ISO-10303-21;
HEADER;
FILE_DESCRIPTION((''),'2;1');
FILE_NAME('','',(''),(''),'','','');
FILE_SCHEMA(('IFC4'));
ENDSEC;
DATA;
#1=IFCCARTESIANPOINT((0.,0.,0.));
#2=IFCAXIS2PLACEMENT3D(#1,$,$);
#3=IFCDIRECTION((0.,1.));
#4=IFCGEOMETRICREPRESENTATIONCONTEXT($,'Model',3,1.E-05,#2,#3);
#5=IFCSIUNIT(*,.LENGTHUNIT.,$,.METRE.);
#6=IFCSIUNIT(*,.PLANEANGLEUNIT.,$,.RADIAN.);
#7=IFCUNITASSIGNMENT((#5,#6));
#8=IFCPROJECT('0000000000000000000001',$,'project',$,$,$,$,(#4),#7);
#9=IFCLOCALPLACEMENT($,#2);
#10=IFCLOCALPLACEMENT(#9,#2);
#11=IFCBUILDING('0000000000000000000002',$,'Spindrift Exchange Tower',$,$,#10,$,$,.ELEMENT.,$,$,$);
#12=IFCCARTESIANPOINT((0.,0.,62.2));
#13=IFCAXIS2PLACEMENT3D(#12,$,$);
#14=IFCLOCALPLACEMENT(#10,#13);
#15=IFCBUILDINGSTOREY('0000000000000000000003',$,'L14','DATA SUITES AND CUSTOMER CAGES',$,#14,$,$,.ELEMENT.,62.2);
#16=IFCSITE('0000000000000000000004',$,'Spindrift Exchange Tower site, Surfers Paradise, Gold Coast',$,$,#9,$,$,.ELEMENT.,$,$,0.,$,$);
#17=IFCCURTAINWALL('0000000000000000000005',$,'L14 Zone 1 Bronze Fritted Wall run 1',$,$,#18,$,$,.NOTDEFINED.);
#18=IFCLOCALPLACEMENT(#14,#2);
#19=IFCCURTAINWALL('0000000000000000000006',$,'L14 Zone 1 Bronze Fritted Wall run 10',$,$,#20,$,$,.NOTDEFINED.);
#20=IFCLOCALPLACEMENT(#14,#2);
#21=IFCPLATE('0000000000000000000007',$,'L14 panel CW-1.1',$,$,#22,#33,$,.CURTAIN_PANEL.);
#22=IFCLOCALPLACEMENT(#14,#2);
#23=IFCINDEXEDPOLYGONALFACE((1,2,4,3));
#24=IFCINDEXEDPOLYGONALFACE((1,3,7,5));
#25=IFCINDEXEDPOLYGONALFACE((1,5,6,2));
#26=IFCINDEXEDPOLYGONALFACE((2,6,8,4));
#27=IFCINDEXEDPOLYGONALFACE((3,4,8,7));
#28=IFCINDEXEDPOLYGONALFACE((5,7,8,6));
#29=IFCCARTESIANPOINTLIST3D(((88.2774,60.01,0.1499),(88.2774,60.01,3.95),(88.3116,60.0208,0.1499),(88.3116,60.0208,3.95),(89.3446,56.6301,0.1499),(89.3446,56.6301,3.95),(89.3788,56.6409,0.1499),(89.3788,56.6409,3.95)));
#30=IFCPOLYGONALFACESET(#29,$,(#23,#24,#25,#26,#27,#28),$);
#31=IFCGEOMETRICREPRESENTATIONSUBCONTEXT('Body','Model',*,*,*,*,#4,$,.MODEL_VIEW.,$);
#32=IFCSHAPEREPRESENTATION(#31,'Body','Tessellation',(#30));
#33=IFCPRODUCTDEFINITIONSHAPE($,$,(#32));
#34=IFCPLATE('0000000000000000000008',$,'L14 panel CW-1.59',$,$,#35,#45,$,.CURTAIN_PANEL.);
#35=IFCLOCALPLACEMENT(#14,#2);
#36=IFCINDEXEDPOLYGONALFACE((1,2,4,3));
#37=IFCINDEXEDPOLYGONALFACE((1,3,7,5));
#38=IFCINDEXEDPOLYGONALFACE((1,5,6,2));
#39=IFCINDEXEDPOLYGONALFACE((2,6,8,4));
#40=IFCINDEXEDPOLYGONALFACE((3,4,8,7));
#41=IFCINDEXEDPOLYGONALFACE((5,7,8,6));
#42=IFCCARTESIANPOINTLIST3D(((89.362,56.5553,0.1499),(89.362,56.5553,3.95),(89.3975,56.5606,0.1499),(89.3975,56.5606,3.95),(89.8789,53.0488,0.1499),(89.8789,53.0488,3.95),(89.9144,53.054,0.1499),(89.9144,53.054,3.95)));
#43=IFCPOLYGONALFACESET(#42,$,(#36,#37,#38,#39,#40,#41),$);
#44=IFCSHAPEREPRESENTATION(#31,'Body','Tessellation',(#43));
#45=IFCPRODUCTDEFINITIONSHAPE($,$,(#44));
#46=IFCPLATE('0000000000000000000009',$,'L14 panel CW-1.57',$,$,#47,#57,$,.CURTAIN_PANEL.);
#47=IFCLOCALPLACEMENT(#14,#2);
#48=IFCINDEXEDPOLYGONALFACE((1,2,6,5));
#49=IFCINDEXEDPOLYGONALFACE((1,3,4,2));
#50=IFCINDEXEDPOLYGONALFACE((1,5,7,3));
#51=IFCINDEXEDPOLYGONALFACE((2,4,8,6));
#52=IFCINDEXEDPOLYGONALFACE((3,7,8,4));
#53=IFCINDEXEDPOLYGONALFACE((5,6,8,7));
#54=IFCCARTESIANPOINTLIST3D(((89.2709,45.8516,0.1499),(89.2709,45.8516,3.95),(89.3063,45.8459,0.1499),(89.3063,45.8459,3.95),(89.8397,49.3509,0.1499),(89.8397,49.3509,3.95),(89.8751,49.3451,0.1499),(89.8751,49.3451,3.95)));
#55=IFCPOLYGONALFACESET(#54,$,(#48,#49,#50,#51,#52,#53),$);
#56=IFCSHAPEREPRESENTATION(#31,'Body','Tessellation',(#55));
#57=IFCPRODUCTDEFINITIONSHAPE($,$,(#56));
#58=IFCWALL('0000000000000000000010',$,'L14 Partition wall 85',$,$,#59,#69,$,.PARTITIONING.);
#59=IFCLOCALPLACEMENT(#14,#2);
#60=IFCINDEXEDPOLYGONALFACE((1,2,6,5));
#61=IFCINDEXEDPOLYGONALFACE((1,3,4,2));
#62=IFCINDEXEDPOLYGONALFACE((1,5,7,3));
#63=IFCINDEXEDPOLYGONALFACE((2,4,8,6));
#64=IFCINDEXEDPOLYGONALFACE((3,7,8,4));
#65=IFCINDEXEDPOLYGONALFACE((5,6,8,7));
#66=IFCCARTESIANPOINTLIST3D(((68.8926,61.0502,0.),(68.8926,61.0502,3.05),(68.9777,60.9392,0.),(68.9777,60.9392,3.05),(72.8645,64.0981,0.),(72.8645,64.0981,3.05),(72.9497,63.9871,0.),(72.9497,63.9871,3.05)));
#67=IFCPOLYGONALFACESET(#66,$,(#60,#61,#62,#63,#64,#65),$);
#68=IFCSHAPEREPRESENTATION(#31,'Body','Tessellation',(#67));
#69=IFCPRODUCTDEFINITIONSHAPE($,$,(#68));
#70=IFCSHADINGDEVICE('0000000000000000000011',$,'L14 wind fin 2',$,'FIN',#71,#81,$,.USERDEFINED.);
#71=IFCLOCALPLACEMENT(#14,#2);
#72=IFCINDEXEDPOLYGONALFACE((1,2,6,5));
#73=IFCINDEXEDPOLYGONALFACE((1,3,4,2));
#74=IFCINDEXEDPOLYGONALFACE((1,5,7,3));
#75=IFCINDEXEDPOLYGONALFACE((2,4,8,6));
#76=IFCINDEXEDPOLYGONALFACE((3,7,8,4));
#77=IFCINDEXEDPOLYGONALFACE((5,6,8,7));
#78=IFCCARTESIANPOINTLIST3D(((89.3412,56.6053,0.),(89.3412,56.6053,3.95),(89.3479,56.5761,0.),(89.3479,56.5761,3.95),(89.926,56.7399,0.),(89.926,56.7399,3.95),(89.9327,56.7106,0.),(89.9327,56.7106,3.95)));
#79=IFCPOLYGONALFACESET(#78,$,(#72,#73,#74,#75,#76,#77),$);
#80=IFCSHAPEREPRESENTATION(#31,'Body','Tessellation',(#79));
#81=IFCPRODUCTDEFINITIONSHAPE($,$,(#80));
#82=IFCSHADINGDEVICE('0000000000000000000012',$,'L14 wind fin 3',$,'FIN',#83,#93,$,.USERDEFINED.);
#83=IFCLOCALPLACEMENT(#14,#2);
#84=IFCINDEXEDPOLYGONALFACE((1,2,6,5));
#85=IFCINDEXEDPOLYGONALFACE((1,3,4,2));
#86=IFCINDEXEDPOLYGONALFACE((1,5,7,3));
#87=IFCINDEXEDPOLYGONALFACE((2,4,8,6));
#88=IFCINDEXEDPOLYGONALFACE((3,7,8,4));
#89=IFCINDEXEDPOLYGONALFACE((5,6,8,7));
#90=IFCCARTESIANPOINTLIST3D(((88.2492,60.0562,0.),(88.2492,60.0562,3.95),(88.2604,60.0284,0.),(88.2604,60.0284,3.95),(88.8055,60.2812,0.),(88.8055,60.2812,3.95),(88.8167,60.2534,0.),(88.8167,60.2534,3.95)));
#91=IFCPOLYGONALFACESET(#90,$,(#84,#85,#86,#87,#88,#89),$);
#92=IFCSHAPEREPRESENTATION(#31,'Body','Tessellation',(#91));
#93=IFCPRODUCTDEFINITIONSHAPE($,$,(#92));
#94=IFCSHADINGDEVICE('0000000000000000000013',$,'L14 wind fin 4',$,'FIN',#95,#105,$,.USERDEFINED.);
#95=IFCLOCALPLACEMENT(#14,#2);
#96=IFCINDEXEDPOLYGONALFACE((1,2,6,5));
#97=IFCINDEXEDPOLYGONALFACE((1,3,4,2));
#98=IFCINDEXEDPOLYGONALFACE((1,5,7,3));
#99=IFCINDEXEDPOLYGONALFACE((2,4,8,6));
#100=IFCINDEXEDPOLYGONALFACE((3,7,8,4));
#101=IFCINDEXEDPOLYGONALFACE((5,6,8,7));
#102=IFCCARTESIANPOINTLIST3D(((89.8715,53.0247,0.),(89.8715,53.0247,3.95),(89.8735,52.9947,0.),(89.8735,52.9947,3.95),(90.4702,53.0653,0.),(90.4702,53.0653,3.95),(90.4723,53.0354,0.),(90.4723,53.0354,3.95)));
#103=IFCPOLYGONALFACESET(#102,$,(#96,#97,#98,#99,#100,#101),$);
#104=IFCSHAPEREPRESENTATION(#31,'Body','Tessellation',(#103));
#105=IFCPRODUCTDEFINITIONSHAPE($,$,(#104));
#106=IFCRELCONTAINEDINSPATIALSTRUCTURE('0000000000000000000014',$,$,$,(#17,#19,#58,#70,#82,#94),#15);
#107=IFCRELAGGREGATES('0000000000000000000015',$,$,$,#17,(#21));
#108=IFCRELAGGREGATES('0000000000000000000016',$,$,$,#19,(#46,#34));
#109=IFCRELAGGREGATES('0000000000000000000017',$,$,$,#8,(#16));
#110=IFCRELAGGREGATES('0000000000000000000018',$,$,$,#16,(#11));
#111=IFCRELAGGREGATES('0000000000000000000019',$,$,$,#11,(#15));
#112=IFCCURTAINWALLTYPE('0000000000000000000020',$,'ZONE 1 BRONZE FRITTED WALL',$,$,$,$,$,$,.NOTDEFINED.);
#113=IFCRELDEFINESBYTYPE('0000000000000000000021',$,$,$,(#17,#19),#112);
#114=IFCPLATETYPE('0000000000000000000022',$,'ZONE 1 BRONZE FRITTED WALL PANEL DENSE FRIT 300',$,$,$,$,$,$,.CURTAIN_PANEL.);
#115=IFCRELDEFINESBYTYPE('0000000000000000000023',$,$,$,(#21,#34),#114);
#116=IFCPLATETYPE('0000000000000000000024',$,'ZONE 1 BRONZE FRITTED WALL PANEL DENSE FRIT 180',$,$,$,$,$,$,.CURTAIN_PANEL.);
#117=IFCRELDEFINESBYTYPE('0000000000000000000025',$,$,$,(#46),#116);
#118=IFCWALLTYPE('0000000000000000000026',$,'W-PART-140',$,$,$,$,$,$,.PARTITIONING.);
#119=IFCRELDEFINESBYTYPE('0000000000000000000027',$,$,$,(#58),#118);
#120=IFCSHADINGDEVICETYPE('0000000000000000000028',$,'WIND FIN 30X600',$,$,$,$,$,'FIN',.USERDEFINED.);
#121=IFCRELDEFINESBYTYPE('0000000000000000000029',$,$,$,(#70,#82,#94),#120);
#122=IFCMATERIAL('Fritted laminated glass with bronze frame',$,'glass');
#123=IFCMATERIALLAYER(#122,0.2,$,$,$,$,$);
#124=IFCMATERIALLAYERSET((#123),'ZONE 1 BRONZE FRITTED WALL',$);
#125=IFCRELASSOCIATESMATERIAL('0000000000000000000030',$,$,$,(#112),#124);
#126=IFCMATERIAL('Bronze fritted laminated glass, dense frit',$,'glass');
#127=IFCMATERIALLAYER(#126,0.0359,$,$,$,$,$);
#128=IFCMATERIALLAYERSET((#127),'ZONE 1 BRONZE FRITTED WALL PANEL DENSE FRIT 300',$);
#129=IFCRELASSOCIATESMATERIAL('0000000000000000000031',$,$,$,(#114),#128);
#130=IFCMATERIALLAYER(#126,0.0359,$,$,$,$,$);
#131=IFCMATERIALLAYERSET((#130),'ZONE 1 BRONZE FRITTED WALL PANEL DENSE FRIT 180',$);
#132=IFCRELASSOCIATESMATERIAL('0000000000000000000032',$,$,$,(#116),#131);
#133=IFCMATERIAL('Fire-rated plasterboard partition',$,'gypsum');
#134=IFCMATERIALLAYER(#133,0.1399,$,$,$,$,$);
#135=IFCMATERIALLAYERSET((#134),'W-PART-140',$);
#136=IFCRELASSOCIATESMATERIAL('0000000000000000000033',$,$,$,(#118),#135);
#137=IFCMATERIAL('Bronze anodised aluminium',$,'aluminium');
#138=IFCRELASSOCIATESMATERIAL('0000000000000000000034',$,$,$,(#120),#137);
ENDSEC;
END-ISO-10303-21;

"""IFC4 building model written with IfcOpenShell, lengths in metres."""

from ifc_helpers import new_model, si_unit, direction, frame, frame_2d, origin, origin_2d, place, context, subcontext, project, spatial, rectangle, extrude, source, transform, mapped, material, layer, layer_set, material_profile, profile_set, type_object, element, aggregate, save


model = new_model("IFC4")

# Units and contexts
model_context = context("Model", 3, precision=1e-05, world=origin(), true_north=direction((0.0, 1.0)))
body_context = subcontext(model_context, "Body", "Model", "MODEL_VIEW")
ifc_project = project(units=[si_unit("LENGTHUNIT", "METRE"), si_unit("PLANEANGLEUNIT", "RADIAN")], contexts=[model_context])

# Site, building, storey
site_placement = place(None, origin())
site = spatial("IfcSite", under=ifc_project, at=site_placement, Name="Spindrift Exchange Tower site, Surfers Paradise, Gold Coast", CompositionType="ELEMENT", RefElevation=0.0)
building_placement = place(site_placement, origin())
building = spatial("IfcBuilding", under=site, at=building_placement, Name="Spindrift Exchange Tower", CompositionType="ELEMENT")
storey_placement = place(building_placement, frame((0.0, 0.0, 62.2)))
storey = spatial("IfcBuildingStorey", under=building, at=storey_placement, Name="L14", Description="DATA SUITES AND CUSTOMER CAGES", CompositionType="ELEMENT", Elevation=62.2)

# Curtain walls
ifc_material_1 = material(Name="Fritted laminated glass with bronze frame", Category="glass")
ifc_layer_1 = layer(ifc_material_1, 0.2)
ifc_layer_set_1 = layer_set([ifc_layer_1], Name="ZONE 1 BRONZE FRITTED WALL")
curtain_wall_type = type_object("IfcCurtainWallType", Name="ZONE 1 BRONZE FRITTED WALL", PredefinedType="NOTDEFINED", material=ifc_layer_set_1)
curtain_wall_1_placement = place(storey_placement, origin())
curtain_wall_1 = element("IfcCurtainWall", 1, at=curtain_wall_1_placement, inside=storey, type_object=curtain_wall_type, Name="L14 Zone 1 Bronze Fritted Wall run 1", PredefinedType="NOTDEFINED")
ifc_material_2 = material(Name="Bronze anodised aluminium", Category="aluminium")
curtain_wall_2_placement = place(storey_placement, origin())
curtain_wall_2 = element("IfcCurtainWall", 2, at=curtain_wall_2_placement, inside=storey, type_object=curtain_wall_type, Name="L14 Zone 1 Bronze Fritted Wall run 10", PredefinedType="NOTDEFINED")

# Plates
ifc_material_3 = material(Name="Bronze fritted laminated glass, dense frit", Category="glass")
ifc_layer_2 = layer(ifc_material_3, 0.0359)
ifc_layer_set_2 = layer_set([ifc_layer_2], Name="ZONE 1 BRONZE FRITTED WALL PANEL DENSE FRIT 300")
plate_type_1 = type_object("IfcPlateType", Name="ZONE 1 BRONZE FRITTED WALL PANEL DENSE FRIT 300", PredefinedType="CURTAIN_PANEL", material=ifc_layer_set_2)
shared_shape_1 = source(origin(), body_context, "Body", "SweptSolid", [
    extrude(rectangle(XDim=3.5444, YDim=0.0359, at=origin_2d()), origin(), (0.0, 0.0, 1.0), 3.8),
])
plate_1_placement = place(storey_placement, frame((88.8281, 58.3254, 0.1499), z_axis=(0.0, 0.0, 1.0), x_axis=(-0.301099, 0.953593, 0.0)))
plate_1 = element("IfcPlate", 3, at=plate_1_placement, type_object=plate_type_1, Name="L14 panel CW-1.1", PredefinedType="CURTAIN_PANEL", context=body_context, shape_type="MappedRepresentation", body=[
    mapped(shared_shape_1, transform((0.0, 0.0, 0.0), scale=1.0)),
])
aggregate(curtain_wall_1, [plate_1])
plate_2_placement = place(storey_placement, frame((89.6382, 54.8047, 0.1499), z_axis=(0.0, 0.0, 1.0), x_axis=(-0.145846, 0.989307, 0.0)))
plate_2 = element("IfcPlate", 4, at=plate_2_placement, type_object=plate_type_1, Name="L14 panel CW-1.59", PredefinedType="CURTAIN_PANEL", context=body_context, shape_type="MappedRepresentation", body=[
    mapped(shared_shape_1, transform((0.0, 0.0, 0.0), scale=1.0)),
])
ifc_layer_3 = layer(ifc_material_3, 0.0359)
ifc_layer_set_3 = layer_set([ifc_layer_3], Name="ZONE 1 BRONZE FRITTED WALL PANEL DENSE FRIT 180")
plate_type_2 = type_object("IfcPlateType", Name="ZONE 1 BRONZE FRITTED WALL PANEL DENSE FRIT 180", PredefinedType="CURTAIN_PANEL", material=ifc_layer_set_3)
shared_shape_2 = source(origin(), body_context, "Body", "SweptSolid", [
    extrude(rectangle(XDim=3.5452, YDim=0.0359, at=origin_2d()), origin(), (0.0, 0.0, 1.0), 3.8),
])
plate_3_placement = place(storey_placement, frame((89.573, 47.5984, 0.1499), z_axis=(0.0, 0.0, 1.0), x_axis=(0.160439, 0.987046, 0.0)))
plate_3 = element("IfcPlate", 5, at=plate_3_placement, type_object=plate_type_2, Name="L14 panel CW-1.57", PredefinedType="CURTAIN_PANEL", context=body_context, shape_type="MappedRepresentation", body=[
    mapped(shared_shape_2, transform((0.0, 0.0, 0.0), scale=1.0)),
])
aggregate(curtain_wall_2, [plate_3, plate_2])

# Wall
ifc_material_4 = material(Name="Fire-rated plasterboard partition", Category="gypsum")
ifc_layer_4 = layer(ifc_material_4, 0.1399)
ifc_layer_set_4 = layer_set([ifc_layer_4], Name="W-PART-140")
wall_type = type_object("IfcWallType", Name="W-PART-140", PredefinedType="PARTITIONING", material=ifc_layer_set_4)
wall_placement = place(storey_placement, frame((68.9351, 60.9946, 0.0), z_axis=(0.0, 0.0, 1.0), x_axis=(0.793345, 0.608772, 0.0)))
element("IfcWall", 6, at=wall_placement, inside=storey, type_object=wall_type, Name="L14 Partition wall 85", PredefinedType="PARTITIONING", context=body_context, shape_type="SweptSolid", body=[
    extrude(rectangle(XDim=5.0066, YDim=0.1399, at=frame_2d((2.5034, 0.0))), origin(), (0.0, 0.0, 1.0), 3.05),
])

# Shading devices
ifc_material_profile_1 = material_profile(ifc_material_2, rectangle(XDim=0.03, YDim=0.6001, at=origin_2d()), Name="WIND FIN 30X600")
ifc_profile_set_1 = profile_set([ifc_material_profile_1], Name="Bronze anodised aluminium")
shading_device_type = type_object("IfcShadingDeviceType", Name="WIND FIN 30X600", ElementType="FIN", PredefinedType="USERDEFINED", material=ifc_profile_set_1)
shared_shape_3 = source(origin(), body_context, "Body", "SweptSolid", [
    extrude(rectangle(XDim=0.03, YDim=0.6001, at=origin_2d()), origin(), (0.0, 0.0, 1.0), 3.95),
])
for number, where, z_axis, x_axis, name in (
    (7, (89.637, 56.658, 0.0), (0.0, 0.0, 1.0), (-0.224184, 0.974547, 0.0), "L14 wind fin 2"),
    (8, (88.533, 60.1548, 0.0), (0.0, 0.0, 1.0), (-0.374987, 0.92703, 0.0), "L14 wind fin 3"),
    (9, (90.1719, 53.03, 0.0), (0.0, 0.0, 1.0), (-0.06778, 0.9977, 0.0), "L14 wind fin 4"),
):
    element("IfcShadingDevice", number, at=place(storey_placement, frame(where, z_axis=z_axis, x_axis=x_axis)), inside=storey, type_object=shading_device_type, Name=name, ObjectType="FIN", PredefinedType="USERDEFINED", context=body_context, shape_type="MappedRepresentation", body=[
        mapped(shared_shape_3, transform((0.0, 0.0, 0.0), scale=1.0)),
    ])

save(model, "model.ifc")
